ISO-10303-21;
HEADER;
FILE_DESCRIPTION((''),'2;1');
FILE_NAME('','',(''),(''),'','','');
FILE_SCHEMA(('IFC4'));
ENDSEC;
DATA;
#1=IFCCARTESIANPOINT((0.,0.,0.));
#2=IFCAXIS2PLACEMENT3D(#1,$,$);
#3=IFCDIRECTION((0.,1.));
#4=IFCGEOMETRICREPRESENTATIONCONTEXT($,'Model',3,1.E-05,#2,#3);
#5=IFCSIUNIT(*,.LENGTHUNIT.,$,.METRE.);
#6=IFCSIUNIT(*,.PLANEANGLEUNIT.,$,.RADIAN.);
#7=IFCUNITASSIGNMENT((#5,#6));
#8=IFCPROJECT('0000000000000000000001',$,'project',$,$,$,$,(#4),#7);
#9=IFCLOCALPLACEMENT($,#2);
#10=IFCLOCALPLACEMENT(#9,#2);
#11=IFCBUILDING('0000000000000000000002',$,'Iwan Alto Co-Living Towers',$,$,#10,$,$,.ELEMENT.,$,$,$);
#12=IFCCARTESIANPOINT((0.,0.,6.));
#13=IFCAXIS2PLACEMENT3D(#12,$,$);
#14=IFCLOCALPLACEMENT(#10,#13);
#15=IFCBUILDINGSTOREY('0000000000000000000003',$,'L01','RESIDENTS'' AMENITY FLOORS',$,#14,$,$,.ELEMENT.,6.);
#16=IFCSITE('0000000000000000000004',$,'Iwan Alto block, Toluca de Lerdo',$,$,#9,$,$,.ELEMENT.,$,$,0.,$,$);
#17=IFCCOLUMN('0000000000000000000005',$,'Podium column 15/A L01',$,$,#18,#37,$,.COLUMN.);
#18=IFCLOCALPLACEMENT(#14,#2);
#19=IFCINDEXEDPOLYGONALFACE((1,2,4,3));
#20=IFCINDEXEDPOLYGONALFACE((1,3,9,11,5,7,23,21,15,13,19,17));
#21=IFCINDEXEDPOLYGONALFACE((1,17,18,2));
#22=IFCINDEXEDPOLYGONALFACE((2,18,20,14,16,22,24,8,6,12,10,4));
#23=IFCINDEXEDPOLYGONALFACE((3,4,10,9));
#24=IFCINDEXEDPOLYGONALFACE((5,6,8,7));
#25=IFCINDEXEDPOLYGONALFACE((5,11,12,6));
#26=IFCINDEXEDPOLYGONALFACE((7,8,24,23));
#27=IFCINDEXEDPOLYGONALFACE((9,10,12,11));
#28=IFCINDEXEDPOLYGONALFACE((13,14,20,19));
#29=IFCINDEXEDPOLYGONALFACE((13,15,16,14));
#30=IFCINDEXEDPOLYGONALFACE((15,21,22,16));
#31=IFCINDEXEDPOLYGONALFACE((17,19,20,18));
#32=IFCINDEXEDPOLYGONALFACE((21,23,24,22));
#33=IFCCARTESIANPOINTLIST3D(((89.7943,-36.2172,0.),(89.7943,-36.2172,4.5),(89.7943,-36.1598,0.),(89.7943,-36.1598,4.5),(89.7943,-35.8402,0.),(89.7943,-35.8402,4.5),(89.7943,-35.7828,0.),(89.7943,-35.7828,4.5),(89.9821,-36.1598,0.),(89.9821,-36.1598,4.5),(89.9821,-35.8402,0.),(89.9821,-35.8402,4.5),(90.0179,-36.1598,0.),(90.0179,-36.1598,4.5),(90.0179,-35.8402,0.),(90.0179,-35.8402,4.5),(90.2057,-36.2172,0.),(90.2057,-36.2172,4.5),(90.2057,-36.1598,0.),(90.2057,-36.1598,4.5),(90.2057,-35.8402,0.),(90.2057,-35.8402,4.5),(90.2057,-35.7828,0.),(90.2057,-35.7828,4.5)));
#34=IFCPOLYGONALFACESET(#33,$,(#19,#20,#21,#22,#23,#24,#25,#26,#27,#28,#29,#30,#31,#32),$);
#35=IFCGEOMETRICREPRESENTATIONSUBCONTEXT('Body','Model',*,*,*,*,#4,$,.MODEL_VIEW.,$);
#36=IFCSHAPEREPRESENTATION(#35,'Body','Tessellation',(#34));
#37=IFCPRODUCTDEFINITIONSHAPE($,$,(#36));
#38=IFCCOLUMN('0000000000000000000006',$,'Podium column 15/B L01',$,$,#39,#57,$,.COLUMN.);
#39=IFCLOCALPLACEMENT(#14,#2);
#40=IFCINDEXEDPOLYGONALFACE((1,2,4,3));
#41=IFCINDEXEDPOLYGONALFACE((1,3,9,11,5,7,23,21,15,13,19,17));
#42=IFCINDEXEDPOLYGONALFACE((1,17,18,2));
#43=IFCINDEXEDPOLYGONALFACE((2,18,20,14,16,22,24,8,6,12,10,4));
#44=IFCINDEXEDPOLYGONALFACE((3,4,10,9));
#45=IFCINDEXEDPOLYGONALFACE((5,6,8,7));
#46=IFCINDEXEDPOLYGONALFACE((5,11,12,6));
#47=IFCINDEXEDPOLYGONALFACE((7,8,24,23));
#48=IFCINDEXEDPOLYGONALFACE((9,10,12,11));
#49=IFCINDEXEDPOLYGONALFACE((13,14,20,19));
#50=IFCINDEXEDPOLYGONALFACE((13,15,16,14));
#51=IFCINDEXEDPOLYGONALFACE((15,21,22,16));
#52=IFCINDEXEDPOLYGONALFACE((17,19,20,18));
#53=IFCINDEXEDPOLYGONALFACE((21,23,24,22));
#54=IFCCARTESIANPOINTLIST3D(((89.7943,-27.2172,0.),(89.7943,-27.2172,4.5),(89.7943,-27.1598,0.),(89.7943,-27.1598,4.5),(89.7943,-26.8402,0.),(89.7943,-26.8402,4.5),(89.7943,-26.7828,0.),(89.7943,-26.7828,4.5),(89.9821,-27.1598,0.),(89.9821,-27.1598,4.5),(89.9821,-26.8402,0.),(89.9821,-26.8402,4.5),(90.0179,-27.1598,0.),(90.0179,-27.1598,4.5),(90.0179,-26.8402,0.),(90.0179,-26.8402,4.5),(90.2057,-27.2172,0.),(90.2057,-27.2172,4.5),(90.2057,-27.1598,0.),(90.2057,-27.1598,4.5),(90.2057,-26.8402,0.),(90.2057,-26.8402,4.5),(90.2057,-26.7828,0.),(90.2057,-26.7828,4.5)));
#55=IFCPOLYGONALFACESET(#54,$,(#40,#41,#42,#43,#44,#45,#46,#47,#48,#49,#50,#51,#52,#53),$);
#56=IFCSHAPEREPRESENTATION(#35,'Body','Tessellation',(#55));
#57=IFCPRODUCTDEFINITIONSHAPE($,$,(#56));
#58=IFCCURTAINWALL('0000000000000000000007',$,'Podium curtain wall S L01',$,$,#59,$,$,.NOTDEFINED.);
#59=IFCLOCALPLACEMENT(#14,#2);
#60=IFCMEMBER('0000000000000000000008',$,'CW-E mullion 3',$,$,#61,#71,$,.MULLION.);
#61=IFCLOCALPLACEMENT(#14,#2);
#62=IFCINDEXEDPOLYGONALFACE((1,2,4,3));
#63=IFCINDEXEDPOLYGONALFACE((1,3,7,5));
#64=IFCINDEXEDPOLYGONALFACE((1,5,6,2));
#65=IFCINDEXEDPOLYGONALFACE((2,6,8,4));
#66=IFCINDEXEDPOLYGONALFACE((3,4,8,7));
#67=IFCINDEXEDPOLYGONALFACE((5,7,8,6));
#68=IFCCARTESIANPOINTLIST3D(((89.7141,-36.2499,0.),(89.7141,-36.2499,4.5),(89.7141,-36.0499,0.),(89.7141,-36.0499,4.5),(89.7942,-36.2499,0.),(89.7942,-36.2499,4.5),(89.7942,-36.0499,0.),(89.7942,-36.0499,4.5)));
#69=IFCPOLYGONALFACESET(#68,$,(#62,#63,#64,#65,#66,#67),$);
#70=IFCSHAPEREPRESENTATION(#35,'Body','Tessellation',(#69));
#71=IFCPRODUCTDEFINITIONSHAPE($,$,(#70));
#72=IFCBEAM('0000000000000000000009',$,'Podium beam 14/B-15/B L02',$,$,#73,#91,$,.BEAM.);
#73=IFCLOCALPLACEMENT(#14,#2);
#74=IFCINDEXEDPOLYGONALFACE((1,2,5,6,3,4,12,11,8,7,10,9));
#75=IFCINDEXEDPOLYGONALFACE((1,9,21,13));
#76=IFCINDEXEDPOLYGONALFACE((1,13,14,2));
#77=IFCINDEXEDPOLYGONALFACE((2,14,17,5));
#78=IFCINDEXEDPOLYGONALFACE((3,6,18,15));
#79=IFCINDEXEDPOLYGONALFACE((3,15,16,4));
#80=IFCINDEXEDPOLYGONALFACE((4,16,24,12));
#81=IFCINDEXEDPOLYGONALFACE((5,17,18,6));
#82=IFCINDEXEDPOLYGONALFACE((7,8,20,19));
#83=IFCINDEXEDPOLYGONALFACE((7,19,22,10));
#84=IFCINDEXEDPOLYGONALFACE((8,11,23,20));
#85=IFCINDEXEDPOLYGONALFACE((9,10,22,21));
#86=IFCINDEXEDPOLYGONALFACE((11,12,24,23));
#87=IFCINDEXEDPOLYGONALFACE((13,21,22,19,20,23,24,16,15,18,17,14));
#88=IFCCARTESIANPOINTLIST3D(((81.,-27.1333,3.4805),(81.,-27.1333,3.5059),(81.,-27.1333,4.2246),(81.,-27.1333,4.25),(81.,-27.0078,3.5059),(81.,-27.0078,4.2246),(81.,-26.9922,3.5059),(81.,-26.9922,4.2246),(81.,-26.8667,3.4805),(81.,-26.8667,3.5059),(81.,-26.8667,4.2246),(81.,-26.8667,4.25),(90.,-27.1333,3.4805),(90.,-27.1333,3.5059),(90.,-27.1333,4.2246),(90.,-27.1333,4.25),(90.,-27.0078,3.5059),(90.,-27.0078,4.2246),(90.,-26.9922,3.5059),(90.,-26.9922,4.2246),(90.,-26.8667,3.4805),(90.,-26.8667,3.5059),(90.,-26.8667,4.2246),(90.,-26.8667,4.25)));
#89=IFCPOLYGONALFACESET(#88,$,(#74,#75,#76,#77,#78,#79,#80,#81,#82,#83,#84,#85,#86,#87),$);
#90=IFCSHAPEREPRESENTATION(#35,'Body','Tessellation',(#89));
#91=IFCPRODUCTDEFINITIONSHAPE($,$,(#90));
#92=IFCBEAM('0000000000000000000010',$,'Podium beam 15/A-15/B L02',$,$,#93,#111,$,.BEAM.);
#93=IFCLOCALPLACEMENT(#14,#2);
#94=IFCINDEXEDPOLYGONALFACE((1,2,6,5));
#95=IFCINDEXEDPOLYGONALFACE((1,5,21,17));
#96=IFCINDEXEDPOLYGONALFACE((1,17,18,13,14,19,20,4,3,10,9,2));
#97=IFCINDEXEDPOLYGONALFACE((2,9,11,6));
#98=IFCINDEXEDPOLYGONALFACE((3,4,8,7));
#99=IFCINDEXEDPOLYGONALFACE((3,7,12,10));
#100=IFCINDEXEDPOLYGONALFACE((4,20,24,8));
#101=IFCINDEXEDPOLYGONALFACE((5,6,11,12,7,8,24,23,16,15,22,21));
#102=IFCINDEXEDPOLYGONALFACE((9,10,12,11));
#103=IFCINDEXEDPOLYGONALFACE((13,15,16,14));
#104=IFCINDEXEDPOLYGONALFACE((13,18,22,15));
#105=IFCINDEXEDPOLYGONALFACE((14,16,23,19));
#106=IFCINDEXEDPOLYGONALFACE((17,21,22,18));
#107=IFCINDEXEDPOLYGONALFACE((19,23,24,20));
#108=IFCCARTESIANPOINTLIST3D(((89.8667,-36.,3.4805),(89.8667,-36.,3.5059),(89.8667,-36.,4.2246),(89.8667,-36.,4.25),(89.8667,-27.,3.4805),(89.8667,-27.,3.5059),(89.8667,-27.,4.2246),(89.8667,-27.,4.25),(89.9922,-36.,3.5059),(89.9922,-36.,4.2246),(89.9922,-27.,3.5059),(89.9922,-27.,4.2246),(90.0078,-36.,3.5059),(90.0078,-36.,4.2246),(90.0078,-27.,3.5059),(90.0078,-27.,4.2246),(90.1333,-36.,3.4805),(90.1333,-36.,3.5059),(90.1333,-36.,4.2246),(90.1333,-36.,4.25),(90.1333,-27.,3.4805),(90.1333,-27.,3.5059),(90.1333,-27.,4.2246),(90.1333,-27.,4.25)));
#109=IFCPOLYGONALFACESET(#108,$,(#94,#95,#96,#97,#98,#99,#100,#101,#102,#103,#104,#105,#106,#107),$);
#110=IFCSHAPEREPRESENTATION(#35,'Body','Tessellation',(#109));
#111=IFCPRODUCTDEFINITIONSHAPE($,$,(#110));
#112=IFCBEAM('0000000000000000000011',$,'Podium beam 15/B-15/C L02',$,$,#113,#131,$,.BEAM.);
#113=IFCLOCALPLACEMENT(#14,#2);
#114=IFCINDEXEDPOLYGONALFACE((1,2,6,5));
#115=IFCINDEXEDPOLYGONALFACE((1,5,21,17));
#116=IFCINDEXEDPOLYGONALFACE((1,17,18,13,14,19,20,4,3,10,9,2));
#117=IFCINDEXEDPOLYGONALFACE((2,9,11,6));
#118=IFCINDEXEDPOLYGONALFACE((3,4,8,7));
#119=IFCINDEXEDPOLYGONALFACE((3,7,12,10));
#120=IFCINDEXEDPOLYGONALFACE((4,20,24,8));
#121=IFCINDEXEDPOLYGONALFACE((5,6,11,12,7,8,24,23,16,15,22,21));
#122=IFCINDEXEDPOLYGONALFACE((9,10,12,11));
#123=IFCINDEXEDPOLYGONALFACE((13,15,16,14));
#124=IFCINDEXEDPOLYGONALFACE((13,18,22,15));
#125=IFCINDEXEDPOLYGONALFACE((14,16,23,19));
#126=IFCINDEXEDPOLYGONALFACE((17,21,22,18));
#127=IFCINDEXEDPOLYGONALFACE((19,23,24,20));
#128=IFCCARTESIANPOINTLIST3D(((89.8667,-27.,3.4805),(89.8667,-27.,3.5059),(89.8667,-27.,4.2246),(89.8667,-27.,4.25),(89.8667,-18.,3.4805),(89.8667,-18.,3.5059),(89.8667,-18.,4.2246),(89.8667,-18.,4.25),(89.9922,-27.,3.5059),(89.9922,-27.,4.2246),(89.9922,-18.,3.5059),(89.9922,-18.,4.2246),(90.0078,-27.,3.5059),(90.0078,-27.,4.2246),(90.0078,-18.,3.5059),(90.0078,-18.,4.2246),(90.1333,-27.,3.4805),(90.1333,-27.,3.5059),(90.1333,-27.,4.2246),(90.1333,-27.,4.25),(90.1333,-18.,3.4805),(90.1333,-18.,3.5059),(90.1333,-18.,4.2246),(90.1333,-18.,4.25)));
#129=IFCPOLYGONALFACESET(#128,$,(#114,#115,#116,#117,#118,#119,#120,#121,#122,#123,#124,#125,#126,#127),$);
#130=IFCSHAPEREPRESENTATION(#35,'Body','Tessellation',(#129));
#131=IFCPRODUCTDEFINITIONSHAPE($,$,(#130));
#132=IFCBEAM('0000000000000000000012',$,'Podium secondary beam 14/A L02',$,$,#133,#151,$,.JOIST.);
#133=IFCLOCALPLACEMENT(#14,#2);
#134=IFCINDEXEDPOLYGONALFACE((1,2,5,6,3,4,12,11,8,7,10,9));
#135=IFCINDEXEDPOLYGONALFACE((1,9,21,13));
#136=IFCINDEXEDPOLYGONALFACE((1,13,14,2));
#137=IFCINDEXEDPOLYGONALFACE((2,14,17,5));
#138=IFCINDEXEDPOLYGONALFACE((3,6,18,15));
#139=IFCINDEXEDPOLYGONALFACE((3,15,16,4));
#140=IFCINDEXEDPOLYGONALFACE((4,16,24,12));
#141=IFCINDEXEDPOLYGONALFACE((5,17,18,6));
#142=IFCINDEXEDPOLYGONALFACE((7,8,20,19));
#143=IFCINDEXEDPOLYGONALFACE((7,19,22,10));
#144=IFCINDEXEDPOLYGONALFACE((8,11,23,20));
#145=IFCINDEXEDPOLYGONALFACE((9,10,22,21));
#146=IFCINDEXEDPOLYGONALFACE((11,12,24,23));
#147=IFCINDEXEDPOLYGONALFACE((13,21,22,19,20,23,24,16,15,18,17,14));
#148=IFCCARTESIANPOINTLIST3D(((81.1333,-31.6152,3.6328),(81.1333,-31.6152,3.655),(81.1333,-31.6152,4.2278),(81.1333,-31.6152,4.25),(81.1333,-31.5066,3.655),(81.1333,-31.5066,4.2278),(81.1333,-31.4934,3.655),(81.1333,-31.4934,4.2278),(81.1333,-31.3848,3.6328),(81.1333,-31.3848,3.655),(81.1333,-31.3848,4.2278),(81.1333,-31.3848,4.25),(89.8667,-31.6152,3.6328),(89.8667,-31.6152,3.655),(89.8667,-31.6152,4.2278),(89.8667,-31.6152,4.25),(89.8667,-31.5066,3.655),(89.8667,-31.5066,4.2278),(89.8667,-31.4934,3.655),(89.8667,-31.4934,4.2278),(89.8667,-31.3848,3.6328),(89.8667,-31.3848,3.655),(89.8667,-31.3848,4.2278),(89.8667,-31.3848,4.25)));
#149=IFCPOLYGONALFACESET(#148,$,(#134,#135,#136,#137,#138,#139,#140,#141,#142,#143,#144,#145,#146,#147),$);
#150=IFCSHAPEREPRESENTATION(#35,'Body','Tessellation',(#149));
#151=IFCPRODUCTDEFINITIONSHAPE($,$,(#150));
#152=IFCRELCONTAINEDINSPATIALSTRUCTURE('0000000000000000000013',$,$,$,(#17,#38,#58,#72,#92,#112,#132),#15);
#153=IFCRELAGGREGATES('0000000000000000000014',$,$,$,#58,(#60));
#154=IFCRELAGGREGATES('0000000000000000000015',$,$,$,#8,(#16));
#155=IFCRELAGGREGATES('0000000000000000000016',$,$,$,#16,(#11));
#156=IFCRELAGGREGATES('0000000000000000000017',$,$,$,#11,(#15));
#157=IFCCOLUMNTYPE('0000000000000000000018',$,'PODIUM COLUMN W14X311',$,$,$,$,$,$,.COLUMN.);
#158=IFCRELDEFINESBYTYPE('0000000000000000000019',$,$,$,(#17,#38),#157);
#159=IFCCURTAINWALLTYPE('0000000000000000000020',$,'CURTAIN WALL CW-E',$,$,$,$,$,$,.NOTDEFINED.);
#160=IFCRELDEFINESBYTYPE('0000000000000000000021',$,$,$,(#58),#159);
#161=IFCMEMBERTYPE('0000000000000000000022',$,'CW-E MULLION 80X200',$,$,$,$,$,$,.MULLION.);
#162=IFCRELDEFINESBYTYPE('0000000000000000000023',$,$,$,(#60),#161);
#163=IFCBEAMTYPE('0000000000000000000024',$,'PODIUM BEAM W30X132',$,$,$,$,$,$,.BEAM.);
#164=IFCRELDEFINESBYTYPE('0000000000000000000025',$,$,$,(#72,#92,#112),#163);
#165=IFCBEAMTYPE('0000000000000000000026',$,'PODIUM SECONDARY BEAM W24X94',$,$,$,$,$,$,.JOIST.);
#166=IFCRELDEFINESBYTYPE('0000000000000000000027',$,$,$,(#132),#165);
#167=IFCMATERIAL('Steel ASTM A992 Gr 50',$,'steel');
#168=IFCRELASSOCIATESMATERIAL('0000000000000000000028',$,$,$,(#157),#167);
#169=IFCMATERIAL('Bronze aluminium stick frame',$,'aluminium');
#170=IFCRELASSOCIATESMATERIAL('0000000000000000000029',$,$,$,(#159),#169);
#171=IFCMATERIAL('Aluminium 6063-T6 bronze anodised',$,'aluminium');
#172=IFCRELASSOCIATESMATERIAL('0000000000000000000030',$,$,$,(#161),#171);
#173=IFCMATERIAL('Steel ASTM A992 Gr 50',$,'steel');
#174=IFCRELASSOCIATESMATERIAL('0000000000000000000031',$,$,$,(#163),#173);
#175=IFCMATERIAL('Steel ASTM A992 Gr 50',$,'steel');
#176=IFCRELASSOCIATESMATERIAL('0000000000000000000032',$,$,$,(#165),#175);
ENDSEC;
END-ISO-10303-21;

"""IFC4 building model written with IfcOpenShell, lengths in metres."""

from ifc_helpers import new_model, si_unit, direction, frame, origin, origin_2d, place, context, subcontext, project, spatial, rectangle, i_section, extrude, material, material_profile, profile_set, type_object, element, aggregate, save


model = new_model("IFC4")

# Units and contexts
model_context = context("Model", 3, precision=1e-05, world=origin(), true_north=direction((0.0, 1.0)))
body_context = subcontext(model_context, "Body", "Model", "MODEL_VIEW")
ifc_project = project(units=[si_unit("LENGTHUNIT", "METRE"), si_unit("PLANEANGLEUNIT", "RADIAN")], contexts=[model_context])

# Site, building, storey
site_placement = place(None, origin())
site = spatial("IfcSite", under=ifc_project, at=site_placement, Name="Iwan Alto block, Toluca de Lerdo", CompositionType="ELEMENT", RefElevation=0.0)
building_placement = place(site_placement, origin())
building = spatial("IfcBuilding", under=site, at=building_placement, Name="Iwan Alto Co-Living Towers", CompositionType="ELEMENT")
storey_placement = place(building_placement, frame((0.0, 0.0, 6.0)))
storey = spatial("IfcBuildingStorey", under=building, at=storey_placement, Name="L01", Description="RESIDENTS' AMENITY FLOORS", CompositionType="ELEMENT", Elevation=6.0)

# Columns
ifc_material_1 = material(Name="Steel ASTM A992 Gr 50", Category="steel")
ifc_material_profile_1 = material_profile(ifc_material_1, i_section(OverallWidth=0.4114, OverallDepth=0.4343, WebThickness=0.0359, FlangeThickness=0.0574, at=origin_2d()), Name="W14X311")
ifc_profile_set_1 = profile_set([ifc_material_profile_1], Name="Steel ASTM A992 Gr 50")
column_type = type_object("IfcColumnType", Name="PODIUM COLUMN W14X311", PredefinedType="COLUMN", material=ifc_profile_set_1)
for number, where, z_axis, x_axis, name in (
    (1, (90.0, -36.0, 0.0), (0.0, 0.0, 1.0), (1.0, 0.0, 0.0), "Podium column 15/A L01"),
    (2, (90.0, -27.0, 0.0), (0.0, 0.0, 1.0), (1.0, 0.0, 0.0), "Podium column 15/B L01"),
):
    element("IfcColumn", number, at=place(storey_placement, frame(where, z_axis=z_axis, x_axis=x_axis)), inside=storey, type_object=column_type, Name=name, PredefinedType="COLUMN", context=body_context, shape_type="SweptSolid", body=[
        extrude(i_section(OverallWidth=0.4114, OverallDepth=0.4343, WebThickness=0.0359, FlangeThickness=0.0574, at=origin_2d()), origin(), (0.0, 0.0, 1.0), 4.5),
    ])

# Curtain wall, member
ifc_material_2 = material(Name="Bronze aluminium stick frame", Category="aluminium")
curtain_wall_type = type_object("IfcCurtainWallType", Name="CURTAIN WALL CW-E", PredefinedType="NOTDEFINED", material=ifc_material_2)
curtain_wall_placement = place(storey_placement, origin())
curtain_wall = element("IfcCurtainWall", 3, at=curtain_wall_placement, inside=storey, type_object=curtain_wall_type, Name="Podium curtain wall S L01", PredefinedType="NOTDEFINED")
ifc_material_3 = material(Name="Aluminium 6063-T6 bronze anodised", Category="aluminium")
ifc_material_profile_2 = material_profile(ifc_material_3, rectangle(XDim=0.2, YDim=0.0801, at=origin_2d()), Name="AL 80X200")
ifc_profile_set_2 = profile_set([ifc_material_profile_2], Name="Aluminium 6063-T6 bronze anodised")
member_type = type_object("IfcMemberType", Name="CW-E MULLION 80X200", PredefinedType="MULLION", material=ifc_profile_set_2)
member_placement = place(storey_placement, frame((89.7542, -36.1499, 0.0), z_axis=(0.0, 0.0, 1.0), x_axis=(0.0, 1.0, 0.0)))
member = element("IfcMember", 4, at=member_placement, type_object=member_type, Name="CW-E mullion 3", PredefinedType="MULLION", context=body_context, shape_type="SweptSolid", body=[
    extrude(rectangle(XDim=0.2, YDim=0.0801, at=origin_2d()), origin(), (0.0, 0.0, 1.0), 4.5),
])
aggregate(curtain_wall, [member])

# Beams
ifc_material_4 = material(Name="Steel ASTM A992 Gr 50", Category="steel")
ifc_material_profile_3 = material_profile(ifc_material_4, i_section(OverallWidth=0.2666, OverallDepth=0.7695, WebThickness=0.0156, FlangeThickness=0.0254, at=origin_2d()), Name="W30X132")
ifc_profile_set_3 = profile_set([ifc_material_profile_3], Name="Steel ASTM A992 Gr 50")
beam_type_1 = type_object("IfcBeamType", Name="PODIUM BEAM W30X132", PredefinedType="BEAM", material=ifc_profile_set_3)
for number, where, z_axis, x_axis, name in (
    (5, (81.0, -27.0, 3.8652), (1.0, 0.0, 0.0), (0.0, 1.0, 0.0), "Podium beam 14/B-15/B L02"),
    (6, (90.0, -36.0, 3.8652), (0.0, 1.0, 0.0), (-1.0, 0.0, 0.0), "Podium beam 15/A-15/B L02"),
    (7, (90.0, -27.0, 3.8652), (0.0, 1.0, 0.0), (-1.0, 0.0, 0.0), "Podium beam 15/B-15/C L02"),
):
    element("IfcBeam", number, at=place(storey_placement, frame(where, z_axis=z_axis, x_axis=x_axis)), inside=storey, type_object=beam_type_1, Name=name, PredefinedType="BEAM", context=body_context, shape_type="SweptSolid", body=[
        extrude(i_section(OverallWidth=0.2666, OverallDepth=0.7695, WebThickness=0.0156, FlangeThickness=0.0254, at=origin_2d()), origin(), (0.0, 0.0, 1.0), 9.0),
    ])
ifc_material_5 = material(Name="Steel ASTM A992 Gr 50", Category="steel")
ifc_material_profile_4 = material_profile(ifc_material_5, i_section(OverallWidth=0.2305, OverallDepth=0.6172, WebThickness=0.0132, FlangeThickness=0.0222, at=origin_2d()), Name="W24X94")
ifc_profile_set_4 = profile_set([ifc_material_profile_4], Name="Steel ASTM A992 Gr 50")
beam_type_2 = type_object("IfcBeamType", Name="PODIUM SECONDARY BEAM W24X94", PredefinedType="JOIST", material=ifc_profile_set_4)
beam_placement = place(storey_placement, frame((81.1333, -31.5, 3.9414), z_axis=(1.0, 0.0, 0.0), x_axis=(0.0, 1.0, 0.0)))
element("IfcBeam", 8, at=beam_placement, inside=storey, type_object=beam_type_2, Name="Podium secondary beam 14/A L02", PredefinedType="JOIST", context=body_context, shape_type="SweptSolid", body=[
    extrude(i_section(OverallWidth=0.2305, OverallDepth=0.6172, WebThickness=0.0132, FlangeThickness=0.0222, at=origin_2d()), origin(), (0.0, 0.0, 1.0), 8.7334),
])

save(model, "model.ifc")
